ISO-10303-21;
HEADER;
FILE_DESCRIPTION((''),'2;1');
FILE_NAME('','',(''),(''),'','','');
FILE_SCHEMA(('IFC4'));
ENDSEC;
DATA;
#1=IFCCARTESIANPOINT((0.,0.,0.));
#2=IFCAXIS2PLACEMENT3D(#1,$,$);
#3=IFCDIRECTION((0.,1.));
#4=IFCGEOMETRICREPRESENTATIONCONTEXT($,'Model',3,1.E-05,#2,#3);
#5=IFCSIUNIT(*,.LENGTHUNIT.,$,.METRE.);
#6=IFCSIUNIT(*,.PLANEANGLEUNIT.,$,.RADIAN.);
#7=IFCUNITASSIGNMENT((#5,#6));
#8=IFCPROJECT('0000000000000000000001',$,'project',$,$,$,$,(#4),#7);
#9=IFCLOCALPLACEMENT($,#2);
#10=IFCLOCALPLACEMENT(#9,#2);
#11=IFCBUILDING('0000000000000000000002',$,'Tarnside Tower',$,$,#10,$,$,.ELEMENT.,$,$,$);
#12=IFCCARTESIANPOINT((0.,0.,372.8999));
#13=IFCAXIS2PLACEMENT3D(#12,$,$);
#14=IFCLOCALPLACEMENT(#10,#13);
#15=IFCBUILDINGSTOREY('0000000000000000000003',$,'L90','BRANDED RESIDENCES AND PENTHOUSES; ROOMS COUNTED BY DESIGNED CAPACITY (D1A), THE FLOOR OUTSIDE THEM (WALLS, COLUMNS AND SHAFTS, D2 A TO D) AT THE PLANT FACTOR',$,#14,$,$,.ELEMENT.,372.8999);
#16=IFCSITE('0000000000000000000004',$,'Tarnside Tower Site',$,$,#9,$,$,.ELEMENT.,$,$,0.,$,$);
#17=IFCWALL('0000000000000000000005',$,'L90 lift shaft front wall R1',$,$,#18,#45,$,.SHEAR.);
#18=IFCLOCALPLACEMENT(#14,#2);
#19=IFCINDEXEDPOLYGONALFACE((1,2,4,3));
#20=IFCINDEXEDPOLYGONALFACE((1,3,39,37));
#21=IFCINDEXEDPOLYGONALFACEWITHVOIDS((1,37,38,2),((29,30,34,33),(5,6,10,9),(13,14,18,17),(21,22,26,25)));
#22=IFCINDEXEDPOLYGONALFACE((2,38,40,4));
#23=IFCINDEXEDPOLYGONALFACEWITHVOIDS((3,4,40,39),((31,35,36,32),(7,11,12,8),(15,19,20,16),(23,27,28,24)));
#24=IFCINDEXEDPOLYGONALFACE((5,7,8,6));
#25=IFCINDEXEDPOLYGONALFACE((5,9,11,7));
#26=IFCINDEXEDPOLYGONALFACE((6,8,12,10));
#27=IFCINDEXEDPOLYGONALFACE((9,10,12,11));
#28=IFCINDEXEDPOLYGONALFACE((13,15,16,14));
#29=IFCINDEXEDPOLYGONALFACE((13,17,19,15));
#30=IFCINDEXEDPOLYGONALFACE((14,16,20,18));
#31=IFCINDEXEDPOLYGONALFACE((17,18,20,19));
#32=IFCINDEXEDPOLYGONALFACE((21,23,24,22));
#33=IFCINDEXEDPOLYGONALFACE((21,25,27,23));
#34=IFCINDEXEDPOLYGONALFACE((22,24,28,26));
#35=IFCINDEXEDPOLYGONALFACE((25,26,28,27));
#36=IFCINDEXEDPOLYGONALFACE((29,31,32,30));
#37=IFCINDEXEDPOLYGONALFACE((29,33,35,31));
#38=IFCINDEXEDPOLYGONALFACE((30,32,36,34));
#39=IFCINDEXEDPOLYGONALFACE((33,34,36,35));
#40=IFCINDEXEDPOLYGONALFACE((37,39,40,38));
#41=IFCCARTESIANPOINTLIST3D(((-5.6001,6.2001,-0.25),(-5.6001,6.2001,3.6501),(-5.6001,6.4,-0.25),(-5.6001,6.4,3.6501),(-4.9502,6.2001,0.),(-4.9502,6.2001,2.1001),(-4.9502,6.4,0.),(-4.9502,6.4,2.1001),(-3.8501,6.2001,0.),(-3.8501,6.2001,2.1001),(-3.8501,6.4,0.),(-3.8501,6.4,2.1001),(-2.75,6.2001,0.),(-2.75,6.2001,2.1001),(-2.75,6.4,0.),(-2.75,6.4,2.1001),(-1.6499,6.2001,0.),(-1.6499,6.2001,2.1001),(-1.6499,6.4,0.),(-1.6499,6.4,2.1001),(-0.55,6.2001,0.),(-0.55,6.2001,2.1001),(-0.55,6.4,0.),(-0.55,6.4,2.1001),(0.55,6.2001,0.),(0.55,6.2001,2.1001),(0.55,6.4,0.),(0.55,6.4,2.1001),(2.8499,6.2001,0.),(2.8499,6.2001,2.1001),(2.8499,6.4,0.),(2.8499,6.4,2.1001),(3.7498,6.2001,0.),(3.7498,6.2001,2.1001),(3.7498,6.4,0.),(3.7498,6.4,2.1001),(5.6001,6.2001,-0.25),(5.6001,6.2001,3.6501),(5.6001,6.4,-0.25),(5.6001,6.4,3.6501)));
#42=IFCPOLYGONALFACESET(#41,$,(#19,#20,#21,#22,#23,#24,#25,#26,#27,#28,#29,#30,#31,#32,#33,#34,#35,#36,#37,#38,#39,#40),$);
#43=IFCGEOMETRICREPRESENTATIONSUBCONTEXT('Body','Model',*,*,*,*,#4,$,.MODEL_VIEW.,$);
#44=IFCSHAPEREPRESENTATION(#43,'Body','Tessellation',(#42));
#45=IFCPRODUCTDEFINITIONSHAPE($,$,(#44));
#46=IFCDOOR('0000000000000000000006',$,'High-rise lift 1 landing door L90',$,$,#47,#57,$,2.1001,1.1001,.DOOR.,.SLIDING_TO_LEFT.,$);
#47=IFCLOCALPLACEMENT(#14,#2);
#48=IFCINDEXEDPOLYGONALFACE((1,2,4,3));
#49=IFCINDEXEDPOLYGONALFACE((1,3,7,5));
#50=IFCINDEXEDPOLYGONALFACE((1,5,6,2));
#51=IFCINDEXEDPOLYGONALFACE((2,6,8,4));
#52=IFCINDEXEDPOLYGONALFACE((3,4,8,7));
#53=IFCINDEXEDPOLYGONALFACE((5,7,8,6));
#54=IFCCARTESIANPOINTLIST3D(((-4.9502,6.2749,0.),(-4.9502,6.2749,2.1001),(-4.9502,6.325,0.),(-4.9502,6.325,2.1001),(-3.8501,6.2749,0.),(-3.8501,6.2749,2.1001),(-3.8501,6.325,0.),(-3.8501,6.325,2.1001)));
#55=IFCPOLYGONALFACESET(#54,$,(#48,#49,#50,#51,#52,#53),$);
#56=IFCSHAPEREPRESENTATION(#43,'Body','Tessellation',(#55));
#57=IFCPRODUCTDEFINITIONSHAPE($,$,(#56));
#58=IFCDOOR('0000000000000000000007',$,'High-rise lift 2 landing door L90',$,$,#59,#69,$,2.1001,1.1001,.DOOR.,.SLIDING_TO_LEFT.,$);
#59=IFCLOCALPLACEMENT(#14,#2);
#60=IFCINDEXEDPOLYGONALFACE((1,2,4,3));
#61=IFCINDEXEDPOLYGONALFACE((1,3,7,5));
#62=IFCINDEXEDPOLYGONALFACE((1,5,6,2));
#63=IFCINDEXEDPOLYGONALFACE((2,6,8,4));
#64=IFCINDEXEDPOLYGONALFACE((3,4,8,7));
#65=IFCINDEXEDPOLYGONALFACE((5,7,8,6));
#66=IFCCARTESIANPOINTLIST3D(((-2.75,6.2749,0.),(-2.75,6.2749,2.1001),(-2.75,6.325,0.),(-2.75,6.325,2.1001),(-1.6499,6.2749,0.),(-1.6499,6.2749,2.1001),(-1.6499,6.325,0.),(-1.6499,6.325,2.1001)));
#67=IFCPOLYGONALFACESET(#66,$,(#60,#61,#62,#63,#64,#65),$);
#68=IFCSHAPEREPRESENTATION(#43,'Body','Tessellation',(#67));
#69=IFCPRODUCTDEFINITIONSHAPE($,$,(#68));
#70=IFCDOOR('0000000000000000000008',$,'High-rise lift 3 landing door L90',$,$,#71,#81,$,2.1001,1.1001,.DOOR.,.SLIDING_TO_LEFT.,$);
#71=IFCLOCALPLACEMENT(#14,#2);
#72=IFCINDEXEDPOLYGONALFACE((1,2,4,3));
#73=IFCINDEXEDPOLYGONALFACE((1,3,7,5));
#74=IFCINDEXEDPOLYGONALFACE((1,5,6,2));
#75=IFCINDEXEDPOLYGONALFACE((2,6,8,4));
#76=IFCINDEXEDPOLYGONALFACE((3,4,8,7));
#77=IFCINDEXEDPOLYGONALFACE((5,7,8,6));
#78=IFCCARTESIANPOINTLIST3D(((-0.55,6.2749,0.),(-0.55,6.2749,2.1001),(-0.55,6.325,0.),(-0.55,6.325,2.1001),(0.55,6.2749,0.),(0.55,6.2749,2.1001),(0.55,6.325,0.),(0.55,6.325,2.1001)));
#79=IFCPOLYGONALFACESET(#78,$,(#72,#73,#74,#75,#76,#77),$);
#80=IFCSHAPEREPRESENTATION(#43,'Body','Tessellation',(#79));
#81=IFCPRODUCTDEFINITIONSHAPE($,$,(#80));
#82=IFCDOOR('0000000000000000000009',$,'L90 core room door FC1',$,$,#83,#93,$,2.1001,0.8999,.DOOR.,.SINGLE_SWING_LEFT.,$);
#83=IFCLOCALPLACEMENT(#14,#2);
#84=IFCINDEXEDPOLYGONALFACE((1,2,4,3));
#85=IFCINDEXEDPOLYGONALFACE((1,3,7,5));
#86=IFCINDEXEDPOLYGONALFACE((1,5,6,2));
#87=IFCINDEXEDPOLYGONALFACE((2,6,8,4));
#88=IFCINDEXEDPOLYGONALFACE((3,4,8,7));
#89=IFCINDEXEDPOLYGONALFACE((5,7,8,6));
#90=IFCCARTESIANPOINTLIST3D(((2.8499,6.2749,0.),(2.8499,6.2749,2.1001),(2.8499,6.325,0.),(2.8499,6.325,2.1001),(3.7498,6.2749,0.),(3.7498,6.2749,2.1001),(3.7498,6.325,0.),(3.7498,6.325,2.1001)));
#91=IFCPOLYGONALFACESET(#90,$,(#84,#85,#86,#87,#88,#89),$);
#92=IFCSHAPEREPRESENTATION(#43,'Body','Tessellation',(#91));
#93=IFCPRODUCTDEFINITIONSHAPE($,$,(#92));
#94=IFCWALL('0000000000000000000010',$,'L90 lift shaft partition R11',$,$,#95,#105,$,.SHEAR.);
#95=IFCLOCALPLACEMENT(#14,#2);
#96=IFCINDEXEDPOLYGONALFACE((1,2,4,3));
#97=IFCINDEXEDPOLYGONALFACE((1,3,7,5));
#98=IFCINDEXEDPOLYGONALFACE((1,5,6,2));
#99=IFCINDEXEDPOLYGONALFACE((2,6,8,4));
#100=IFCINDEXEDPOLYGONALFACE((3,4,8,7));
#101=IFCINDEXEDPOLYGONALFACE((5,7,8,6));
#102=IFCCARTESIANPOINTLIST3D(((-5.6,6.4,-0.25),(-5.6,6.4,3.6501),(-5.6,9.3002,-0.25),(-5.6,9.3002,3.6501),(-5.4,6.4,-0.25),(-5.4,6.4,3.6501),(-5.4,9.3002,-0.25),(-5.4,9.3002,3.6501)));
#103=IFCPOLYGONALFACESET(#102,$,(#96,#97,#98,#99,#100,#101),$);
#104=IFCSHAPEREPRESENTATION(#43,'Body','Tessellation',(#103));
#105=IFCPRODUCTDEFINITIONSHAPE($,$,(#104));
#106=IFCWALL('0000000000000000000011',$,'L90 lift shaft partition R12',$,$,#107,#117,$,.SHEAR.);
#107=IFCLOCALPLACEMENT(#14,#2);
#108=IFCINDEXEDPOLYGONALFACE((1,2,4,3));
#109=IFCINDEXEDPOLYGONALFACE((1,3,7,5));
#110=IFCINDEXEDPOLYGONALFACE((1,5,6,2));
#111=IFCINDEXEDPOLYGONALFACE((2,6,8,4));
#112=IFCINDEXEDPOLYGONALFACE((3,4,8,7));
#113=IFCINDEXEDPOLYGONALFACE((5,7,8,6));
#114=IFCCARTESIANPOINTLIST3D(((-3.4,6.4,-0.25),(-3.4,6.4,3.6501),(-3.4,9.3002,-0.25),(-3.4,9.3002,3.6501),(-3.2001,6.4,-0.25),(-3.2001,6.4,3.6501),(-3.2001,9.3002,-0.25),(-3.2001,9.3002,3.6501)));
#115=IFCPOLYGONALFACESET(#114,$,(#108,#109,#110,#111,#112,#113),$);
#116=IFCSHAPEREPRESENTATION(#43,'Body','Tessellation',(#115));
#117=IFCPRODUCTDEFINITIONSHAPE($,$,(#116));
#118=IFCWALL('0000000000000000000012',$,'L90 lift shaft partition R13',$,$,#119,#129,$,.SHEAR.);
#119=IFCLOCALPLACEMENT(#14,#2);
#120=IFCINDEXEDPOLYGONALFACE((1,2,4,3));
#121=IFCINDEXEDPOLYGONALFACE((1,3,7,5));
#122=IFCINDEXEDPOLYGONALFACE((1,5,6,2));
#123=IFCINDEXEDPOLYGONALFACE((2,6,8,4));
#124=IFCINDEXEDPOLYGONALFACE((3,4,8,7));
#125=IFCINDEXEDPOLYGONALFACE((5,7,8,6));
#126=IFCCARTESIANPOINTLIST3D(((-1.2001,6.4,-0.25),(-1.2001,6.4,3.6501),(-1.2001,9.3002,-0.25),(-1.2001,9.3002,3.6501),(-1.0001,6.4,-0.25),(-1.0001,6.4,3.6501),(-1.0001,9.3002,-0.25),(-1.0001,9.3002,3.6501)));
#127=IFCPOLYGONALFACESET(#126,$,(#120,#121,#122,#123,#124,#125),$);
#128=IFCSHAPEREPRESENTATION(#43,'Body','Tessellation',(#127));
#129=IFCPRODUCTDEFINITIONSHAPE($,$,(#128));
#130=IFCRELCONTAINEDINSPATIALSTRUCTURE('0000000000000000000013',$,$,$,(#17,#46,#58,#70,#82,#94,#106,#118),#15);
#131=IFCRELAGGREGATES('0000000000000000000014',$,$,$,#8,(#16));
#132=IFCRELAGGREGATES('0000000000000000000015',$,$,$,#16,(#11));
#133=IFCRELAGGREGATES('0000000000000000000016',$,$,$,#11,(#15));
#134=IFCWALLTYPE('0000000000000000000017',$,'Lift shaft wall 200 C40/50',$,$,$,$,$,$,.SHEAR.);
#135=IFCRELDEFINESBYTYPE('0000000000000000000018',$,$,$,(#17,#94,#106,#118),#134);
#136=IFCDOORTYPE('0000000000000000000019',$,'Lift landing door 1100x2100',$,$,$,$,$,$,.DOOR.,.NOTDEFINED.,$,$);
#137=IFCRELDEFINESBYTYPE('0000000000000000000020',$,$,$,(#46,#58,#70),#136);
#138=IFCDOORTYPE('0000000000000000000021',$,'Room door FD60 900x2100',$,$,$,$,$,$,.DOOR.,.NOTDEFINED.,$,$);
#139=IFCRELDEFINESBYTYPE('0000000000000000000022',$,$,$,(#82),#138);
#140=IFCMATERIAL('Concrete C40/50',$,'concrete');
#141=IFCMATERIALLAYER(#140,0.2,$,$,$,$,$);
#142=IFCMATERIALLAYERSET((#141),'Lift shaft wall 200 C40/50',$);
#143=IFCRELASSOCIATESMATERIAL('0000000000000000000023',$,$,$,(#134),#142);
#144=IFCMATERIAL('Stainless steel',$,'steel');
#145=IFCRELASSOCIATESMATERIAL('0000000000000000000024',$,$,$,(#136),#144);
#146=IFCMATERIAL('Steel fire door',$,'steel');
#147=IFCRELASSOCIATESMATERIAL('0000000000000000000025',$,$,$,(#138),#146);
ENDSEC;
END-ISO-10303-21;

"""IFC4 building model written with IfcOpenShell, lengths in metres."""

from ifc_helpers import new_model, si_unit, direction, frame, frame_2d, origin, place, context, subcontext, project, spatial, rectangle, extrude, material, layer, layer_set, type_object, element, fill, save


model = new_model("IFC4")

# Units and contexts
model_context = context("Model", 3, precision=1e-05, world=origin(), true_north=direction((0.0, 1.0)))
body_context = subcontext(model_context, "Body", "Model", "MODEL_VIEW")
ifc_project = project(units=[si_unit("LENGTHUNIT", "METRE"), si_unit("PLANEANGLEUNIT", "RADIAN")], contexts=[model_context])

# Site, building, storey
site_placement = place(None, origin())
site = spatial("IfcSite", under=ifc_project, at=site_placement, Name="Tarnside Tower Site", CompositionType="ELEMENT", RefElevation=0.0)
building_placement = place(site_placement, origin())
building = spatial("IfcBuilding", under=site, at=building_placement, Name="Tarnside Tower", CompositionType="ELEMENT")
storey_placement = place(building_placement, frame((0.0, 0.0, 372.8999)))
storey = spatial("IfcBuildingStorey", under=building, at=storey_placement, Name="L90", Description="BRANDED RESIDENCES AND PENTHOUSES; ROOMS COUNTED BY DESIGNED CAPACITY (D1A), THE FLOOR OUTSIDE THEM (WALLS, COLUMNS AND SHAFTS, D2 A TO D) AT THE PLANT FACTOR", CompositionType="ELEMENT", Elevation=372.8999)

# Shared definitions
ifc_material_1 = material(Name="Steel fire door", Category="steel")

# Wall, openings, doors
ifc_material_2 = material(Name="Concrete C40/50", Category="concrete")
ifc_layer_1 = layer(ifc_material_2, 0.2)
ifc_layer_set_1 = layer_set([ifc_layer_1], Name="Lift shaft wall 200 C40/50")
wall_type_1 = type_object("IfcWallType", Name="Lift shaft wall 200 C40/50", PredefinedType="SHEAR", material=ifc_layer_set_1)
wall_1_placement = place(storey_placement, frame((-5.6001, 6.3, -0.25), z_axis=(0.0, 0.0, 1.0), x_axis=(1.0, 0.0, 0.0)))
wall_1 = element("IfcWall", 1, at=wall_1_placement, inside=storey, type_object=wall_type_1, Name="L90 lift shaft front wall R1", PredefinedType="SHEAR", context=body_context, shape_type="SweptSolid", body=[
    extrude(rectangle(XDim=11.2002, YDim=0.2, at=frame_2d((5.6001, 0.0))), origin(), (0.0, 0.0, 1.0), 3.9001),
])
opening_1_placement = place(wall_1_placement, frame((8.45, 0.0, 0.25)))
opening_1 = element("IfcOpeningElement", 2, at=opening_1_placement, cuts=wall_1, PredefinedType="OPENING", context=body_context, shape_type="SweptSolid", body=[
    extrude(rectangle(XDim=0.8999, YDim=2.1001, at=frame_2d((0.45, 1.05))), frame((0.0, 0.1099, 0.0), z_axis=(0.0, -1.0, 0.0), x_axis=(1.0, 0.0, 0.0)), (0.0, 0.0, 1.0), 0.22),
])
opening_2_placement = place(wall_1_placement, frame((0.6499, 0.0, 0.25)))
opening_2 = element("IfcOpeningElement", 3, at=opening_2_placement, cuts=wall_1, PredefinedType="OPENING", context=body_context, shape_type="SweptSolid", body=[
    extrude(rectangle(XDim=1.1001, YDim=2.1001, at=frame_2d((0.55, 1.05))), frame((0.0, 0.1099, 0.0), z_axis=(0.0, -1.0, 0.0), x_axis=(1.0, 0.0, 0.0)), (0.0, 0.0, 1.0), 0.22),
])
opening_3_placement = place(wall_1_placement, frame((2.8501, 0.0, 0.25)))
opening_3 = element("IfcOpeningElement", 4, at=opening_3_placement, cuts=wall_1, PredefinedType="OPENING", context=body_context, shape_type="SweptSolid", body=[
    extrude(rectangle(XDim=1.1001, YDim=2.1001, at=frame_2d((0.55, 1.05))), frame((0.0, 0.1099, 0.0), z_axis=(0.0, -1.0, 0.0), x_axis=(1.0, 0.0, 0.0)), (0.0, 0.0, 1.0), 0.22),
])
opening_4_placement = place(wall_1_placement, frame((5.05, 0.0, 0.25)))
opening_4 = element("IfcOpeningElement", 5, at=opening_4_placement, cuts=wall_1, PredefinedType="OPENING", context=body_context, shape_type="SweptSolid", body=[
    extrude(rectangle(XDim=1.1001, YDim=2.1001, at=frame_2d((0.55, 1.05))), frame((0.0, 0.1099, 0.0), z_axis=(0.0, -1.0, 0.0), x_axis=(1.0, 0.0, 0.0)), (0.0, 0.0, 1.0), 0.22),
])
ifc_material_3 = material(Name="Stainless steel", Category="steel")
door_type_1 = type_object("IfcDoorType", Name="Lift landing door 1100x2100", OperationType="NOTDEFINED", PredefinedType="DOOR", material=ifc_material_3)
door_1_placement = place(opening_2_placement, origin())
door_1 = element("IfcDoor", 6, at=door_1_placement, inside=storey, type_object=door_type_1, Name="High-rise lift 1 landing door L90", OperationType="SLIDING_TO_LEFT", OverallHeight=2.1001, OverallWidth=1.1001, PredefinedType="DOOR", context=body_context, shape_type="SweptSolid", body=[
    extrude(rectangle(XDim=1.1001, YDim=2.1001, at=frame_2d((0.55, 1.05))), frame((0.0, 0.0249, 0.0), z_axis=(0.0, -1.0, 0.0), x_axis=(1.0, 0.0, 0.0)), (0.0, 0.0, 1.0), 0.05),
])
fill(opening_2, door_1)
door_2_placement = place(opening_3_placement, origin())
door_2 = element("IfcDoor", 7, at=door_2_placement, inside=storey, type_object=door_type_1, Name="High-rise lift 2 landing door L90", OperationType="SLIDING_TO_LEFT", OverallHeight=2.1001, OverallWidth=1.1001, PredefinedType="DOOR", context=body_context, shape_type="SweptSolid", body=[
    extrude(rectangle(XDim=1.1001, YDim=2.1001, at=frame_2d((0.55, 1.05))), frame((0.0, 0.0249, 0.0), z_axis=(0.0, -1.0, 0.0), x_axis=(1.0, 0.0, 0.0)), (0.0, 0.0, 1.0), 0.05),
])
fill(opening_3, door_2)
door_3_placement = place(opening_4_placement, origin())
door_3 = element("IfcDoor", 8, at=door_3_placement, inside=storey, type_object=door_type_1, Name="High-rise lift 3 landing door L90", OperationType="SLIDING_TO_LEFT", OverallHeight=2.1001, OverallWidth=1.1001, PredefinedType="DOOR", context=body_context, shape_type="SweptSolid", body=[
    extrude(rectangle(XDim=1.1001, YDim=2.1001, at=frame_2d((0.55, 1.05))), frame((0.0, 0.0249, 0.0), z_axis=(0.0, -1.0, 0.0), x_axis=(1.0, 0.0, 0.0)), (0.0, 0.0, 1.0), 0.05),
])
fill(opening_4, door_3)
door_type_2 = type_object("IfcDoorType", Name="Room door FD60 900x2100", OperationType="NOTDEFINED", PredefinedType="DOOR", material=ifc_material_1)
door_4_placement = place(opening_1_placement, origin())
door_4 = element("IfcDoor", 9, at=door_4_placement, inside=storey, type_object=door_type_2, Name="L90 core room door FC1", OperationType="SINGLE_SWING_LEFT", OverallHeight=2.1001, OverallWidth=0.8999, PredefinedType="DOOR", context=body_context, shape_type="SweptSolid", body=[
    extrude(rectangle(XDim=0.8999, YDim=2.1001, at=frame_2d((0.45, 1.05))), frame((0.0, 0.0249, 0.0), z_axis=(0.0, -1.0, 0.0), x_axis=(1.0, 0.0, 0.0)), (0.0, 0.0, 1.0), 0.05),
])
fill(opening_1, door_4)

# Walls
for number, where, z_axis, x_axis, name in (
    (10, (-5.5, 6.3999, -0.25), (0.0, 0.0, 1.0), (0.0, 1.0, 0.0), "L90 lift shaft partition R11"),
    (11, (-3.3, 6.3999, -0.25), (0.0, 0.0, 1.0), (0.0, 1.0, 0.0), "L90 lift shaft partition R12"),
    (12, (-1.1001, 6.3999, -0.25), (0.0, 0.0, 1.0), (0.0, 1.0, 0.0), "L90 lift shaft partition R13"),
):
    element("IfcWall", number, at=place(storey_placement, frame(where, z_axis=z_axis, x_axis=x_axis)), inside=storey, type_object=wall_type_1, Name=name, PredefinedType="SHEAR", context=body_context, shape_type="SweptSolid", body=[
        extrude(rectangle(XDim=2.9001, YDim=0.2, at=frame_2d((1.4502, 0.0))), origin(), (0.0, 0.0, 1.0), 3.9001),
    ])

save(model, "model.ifc")
